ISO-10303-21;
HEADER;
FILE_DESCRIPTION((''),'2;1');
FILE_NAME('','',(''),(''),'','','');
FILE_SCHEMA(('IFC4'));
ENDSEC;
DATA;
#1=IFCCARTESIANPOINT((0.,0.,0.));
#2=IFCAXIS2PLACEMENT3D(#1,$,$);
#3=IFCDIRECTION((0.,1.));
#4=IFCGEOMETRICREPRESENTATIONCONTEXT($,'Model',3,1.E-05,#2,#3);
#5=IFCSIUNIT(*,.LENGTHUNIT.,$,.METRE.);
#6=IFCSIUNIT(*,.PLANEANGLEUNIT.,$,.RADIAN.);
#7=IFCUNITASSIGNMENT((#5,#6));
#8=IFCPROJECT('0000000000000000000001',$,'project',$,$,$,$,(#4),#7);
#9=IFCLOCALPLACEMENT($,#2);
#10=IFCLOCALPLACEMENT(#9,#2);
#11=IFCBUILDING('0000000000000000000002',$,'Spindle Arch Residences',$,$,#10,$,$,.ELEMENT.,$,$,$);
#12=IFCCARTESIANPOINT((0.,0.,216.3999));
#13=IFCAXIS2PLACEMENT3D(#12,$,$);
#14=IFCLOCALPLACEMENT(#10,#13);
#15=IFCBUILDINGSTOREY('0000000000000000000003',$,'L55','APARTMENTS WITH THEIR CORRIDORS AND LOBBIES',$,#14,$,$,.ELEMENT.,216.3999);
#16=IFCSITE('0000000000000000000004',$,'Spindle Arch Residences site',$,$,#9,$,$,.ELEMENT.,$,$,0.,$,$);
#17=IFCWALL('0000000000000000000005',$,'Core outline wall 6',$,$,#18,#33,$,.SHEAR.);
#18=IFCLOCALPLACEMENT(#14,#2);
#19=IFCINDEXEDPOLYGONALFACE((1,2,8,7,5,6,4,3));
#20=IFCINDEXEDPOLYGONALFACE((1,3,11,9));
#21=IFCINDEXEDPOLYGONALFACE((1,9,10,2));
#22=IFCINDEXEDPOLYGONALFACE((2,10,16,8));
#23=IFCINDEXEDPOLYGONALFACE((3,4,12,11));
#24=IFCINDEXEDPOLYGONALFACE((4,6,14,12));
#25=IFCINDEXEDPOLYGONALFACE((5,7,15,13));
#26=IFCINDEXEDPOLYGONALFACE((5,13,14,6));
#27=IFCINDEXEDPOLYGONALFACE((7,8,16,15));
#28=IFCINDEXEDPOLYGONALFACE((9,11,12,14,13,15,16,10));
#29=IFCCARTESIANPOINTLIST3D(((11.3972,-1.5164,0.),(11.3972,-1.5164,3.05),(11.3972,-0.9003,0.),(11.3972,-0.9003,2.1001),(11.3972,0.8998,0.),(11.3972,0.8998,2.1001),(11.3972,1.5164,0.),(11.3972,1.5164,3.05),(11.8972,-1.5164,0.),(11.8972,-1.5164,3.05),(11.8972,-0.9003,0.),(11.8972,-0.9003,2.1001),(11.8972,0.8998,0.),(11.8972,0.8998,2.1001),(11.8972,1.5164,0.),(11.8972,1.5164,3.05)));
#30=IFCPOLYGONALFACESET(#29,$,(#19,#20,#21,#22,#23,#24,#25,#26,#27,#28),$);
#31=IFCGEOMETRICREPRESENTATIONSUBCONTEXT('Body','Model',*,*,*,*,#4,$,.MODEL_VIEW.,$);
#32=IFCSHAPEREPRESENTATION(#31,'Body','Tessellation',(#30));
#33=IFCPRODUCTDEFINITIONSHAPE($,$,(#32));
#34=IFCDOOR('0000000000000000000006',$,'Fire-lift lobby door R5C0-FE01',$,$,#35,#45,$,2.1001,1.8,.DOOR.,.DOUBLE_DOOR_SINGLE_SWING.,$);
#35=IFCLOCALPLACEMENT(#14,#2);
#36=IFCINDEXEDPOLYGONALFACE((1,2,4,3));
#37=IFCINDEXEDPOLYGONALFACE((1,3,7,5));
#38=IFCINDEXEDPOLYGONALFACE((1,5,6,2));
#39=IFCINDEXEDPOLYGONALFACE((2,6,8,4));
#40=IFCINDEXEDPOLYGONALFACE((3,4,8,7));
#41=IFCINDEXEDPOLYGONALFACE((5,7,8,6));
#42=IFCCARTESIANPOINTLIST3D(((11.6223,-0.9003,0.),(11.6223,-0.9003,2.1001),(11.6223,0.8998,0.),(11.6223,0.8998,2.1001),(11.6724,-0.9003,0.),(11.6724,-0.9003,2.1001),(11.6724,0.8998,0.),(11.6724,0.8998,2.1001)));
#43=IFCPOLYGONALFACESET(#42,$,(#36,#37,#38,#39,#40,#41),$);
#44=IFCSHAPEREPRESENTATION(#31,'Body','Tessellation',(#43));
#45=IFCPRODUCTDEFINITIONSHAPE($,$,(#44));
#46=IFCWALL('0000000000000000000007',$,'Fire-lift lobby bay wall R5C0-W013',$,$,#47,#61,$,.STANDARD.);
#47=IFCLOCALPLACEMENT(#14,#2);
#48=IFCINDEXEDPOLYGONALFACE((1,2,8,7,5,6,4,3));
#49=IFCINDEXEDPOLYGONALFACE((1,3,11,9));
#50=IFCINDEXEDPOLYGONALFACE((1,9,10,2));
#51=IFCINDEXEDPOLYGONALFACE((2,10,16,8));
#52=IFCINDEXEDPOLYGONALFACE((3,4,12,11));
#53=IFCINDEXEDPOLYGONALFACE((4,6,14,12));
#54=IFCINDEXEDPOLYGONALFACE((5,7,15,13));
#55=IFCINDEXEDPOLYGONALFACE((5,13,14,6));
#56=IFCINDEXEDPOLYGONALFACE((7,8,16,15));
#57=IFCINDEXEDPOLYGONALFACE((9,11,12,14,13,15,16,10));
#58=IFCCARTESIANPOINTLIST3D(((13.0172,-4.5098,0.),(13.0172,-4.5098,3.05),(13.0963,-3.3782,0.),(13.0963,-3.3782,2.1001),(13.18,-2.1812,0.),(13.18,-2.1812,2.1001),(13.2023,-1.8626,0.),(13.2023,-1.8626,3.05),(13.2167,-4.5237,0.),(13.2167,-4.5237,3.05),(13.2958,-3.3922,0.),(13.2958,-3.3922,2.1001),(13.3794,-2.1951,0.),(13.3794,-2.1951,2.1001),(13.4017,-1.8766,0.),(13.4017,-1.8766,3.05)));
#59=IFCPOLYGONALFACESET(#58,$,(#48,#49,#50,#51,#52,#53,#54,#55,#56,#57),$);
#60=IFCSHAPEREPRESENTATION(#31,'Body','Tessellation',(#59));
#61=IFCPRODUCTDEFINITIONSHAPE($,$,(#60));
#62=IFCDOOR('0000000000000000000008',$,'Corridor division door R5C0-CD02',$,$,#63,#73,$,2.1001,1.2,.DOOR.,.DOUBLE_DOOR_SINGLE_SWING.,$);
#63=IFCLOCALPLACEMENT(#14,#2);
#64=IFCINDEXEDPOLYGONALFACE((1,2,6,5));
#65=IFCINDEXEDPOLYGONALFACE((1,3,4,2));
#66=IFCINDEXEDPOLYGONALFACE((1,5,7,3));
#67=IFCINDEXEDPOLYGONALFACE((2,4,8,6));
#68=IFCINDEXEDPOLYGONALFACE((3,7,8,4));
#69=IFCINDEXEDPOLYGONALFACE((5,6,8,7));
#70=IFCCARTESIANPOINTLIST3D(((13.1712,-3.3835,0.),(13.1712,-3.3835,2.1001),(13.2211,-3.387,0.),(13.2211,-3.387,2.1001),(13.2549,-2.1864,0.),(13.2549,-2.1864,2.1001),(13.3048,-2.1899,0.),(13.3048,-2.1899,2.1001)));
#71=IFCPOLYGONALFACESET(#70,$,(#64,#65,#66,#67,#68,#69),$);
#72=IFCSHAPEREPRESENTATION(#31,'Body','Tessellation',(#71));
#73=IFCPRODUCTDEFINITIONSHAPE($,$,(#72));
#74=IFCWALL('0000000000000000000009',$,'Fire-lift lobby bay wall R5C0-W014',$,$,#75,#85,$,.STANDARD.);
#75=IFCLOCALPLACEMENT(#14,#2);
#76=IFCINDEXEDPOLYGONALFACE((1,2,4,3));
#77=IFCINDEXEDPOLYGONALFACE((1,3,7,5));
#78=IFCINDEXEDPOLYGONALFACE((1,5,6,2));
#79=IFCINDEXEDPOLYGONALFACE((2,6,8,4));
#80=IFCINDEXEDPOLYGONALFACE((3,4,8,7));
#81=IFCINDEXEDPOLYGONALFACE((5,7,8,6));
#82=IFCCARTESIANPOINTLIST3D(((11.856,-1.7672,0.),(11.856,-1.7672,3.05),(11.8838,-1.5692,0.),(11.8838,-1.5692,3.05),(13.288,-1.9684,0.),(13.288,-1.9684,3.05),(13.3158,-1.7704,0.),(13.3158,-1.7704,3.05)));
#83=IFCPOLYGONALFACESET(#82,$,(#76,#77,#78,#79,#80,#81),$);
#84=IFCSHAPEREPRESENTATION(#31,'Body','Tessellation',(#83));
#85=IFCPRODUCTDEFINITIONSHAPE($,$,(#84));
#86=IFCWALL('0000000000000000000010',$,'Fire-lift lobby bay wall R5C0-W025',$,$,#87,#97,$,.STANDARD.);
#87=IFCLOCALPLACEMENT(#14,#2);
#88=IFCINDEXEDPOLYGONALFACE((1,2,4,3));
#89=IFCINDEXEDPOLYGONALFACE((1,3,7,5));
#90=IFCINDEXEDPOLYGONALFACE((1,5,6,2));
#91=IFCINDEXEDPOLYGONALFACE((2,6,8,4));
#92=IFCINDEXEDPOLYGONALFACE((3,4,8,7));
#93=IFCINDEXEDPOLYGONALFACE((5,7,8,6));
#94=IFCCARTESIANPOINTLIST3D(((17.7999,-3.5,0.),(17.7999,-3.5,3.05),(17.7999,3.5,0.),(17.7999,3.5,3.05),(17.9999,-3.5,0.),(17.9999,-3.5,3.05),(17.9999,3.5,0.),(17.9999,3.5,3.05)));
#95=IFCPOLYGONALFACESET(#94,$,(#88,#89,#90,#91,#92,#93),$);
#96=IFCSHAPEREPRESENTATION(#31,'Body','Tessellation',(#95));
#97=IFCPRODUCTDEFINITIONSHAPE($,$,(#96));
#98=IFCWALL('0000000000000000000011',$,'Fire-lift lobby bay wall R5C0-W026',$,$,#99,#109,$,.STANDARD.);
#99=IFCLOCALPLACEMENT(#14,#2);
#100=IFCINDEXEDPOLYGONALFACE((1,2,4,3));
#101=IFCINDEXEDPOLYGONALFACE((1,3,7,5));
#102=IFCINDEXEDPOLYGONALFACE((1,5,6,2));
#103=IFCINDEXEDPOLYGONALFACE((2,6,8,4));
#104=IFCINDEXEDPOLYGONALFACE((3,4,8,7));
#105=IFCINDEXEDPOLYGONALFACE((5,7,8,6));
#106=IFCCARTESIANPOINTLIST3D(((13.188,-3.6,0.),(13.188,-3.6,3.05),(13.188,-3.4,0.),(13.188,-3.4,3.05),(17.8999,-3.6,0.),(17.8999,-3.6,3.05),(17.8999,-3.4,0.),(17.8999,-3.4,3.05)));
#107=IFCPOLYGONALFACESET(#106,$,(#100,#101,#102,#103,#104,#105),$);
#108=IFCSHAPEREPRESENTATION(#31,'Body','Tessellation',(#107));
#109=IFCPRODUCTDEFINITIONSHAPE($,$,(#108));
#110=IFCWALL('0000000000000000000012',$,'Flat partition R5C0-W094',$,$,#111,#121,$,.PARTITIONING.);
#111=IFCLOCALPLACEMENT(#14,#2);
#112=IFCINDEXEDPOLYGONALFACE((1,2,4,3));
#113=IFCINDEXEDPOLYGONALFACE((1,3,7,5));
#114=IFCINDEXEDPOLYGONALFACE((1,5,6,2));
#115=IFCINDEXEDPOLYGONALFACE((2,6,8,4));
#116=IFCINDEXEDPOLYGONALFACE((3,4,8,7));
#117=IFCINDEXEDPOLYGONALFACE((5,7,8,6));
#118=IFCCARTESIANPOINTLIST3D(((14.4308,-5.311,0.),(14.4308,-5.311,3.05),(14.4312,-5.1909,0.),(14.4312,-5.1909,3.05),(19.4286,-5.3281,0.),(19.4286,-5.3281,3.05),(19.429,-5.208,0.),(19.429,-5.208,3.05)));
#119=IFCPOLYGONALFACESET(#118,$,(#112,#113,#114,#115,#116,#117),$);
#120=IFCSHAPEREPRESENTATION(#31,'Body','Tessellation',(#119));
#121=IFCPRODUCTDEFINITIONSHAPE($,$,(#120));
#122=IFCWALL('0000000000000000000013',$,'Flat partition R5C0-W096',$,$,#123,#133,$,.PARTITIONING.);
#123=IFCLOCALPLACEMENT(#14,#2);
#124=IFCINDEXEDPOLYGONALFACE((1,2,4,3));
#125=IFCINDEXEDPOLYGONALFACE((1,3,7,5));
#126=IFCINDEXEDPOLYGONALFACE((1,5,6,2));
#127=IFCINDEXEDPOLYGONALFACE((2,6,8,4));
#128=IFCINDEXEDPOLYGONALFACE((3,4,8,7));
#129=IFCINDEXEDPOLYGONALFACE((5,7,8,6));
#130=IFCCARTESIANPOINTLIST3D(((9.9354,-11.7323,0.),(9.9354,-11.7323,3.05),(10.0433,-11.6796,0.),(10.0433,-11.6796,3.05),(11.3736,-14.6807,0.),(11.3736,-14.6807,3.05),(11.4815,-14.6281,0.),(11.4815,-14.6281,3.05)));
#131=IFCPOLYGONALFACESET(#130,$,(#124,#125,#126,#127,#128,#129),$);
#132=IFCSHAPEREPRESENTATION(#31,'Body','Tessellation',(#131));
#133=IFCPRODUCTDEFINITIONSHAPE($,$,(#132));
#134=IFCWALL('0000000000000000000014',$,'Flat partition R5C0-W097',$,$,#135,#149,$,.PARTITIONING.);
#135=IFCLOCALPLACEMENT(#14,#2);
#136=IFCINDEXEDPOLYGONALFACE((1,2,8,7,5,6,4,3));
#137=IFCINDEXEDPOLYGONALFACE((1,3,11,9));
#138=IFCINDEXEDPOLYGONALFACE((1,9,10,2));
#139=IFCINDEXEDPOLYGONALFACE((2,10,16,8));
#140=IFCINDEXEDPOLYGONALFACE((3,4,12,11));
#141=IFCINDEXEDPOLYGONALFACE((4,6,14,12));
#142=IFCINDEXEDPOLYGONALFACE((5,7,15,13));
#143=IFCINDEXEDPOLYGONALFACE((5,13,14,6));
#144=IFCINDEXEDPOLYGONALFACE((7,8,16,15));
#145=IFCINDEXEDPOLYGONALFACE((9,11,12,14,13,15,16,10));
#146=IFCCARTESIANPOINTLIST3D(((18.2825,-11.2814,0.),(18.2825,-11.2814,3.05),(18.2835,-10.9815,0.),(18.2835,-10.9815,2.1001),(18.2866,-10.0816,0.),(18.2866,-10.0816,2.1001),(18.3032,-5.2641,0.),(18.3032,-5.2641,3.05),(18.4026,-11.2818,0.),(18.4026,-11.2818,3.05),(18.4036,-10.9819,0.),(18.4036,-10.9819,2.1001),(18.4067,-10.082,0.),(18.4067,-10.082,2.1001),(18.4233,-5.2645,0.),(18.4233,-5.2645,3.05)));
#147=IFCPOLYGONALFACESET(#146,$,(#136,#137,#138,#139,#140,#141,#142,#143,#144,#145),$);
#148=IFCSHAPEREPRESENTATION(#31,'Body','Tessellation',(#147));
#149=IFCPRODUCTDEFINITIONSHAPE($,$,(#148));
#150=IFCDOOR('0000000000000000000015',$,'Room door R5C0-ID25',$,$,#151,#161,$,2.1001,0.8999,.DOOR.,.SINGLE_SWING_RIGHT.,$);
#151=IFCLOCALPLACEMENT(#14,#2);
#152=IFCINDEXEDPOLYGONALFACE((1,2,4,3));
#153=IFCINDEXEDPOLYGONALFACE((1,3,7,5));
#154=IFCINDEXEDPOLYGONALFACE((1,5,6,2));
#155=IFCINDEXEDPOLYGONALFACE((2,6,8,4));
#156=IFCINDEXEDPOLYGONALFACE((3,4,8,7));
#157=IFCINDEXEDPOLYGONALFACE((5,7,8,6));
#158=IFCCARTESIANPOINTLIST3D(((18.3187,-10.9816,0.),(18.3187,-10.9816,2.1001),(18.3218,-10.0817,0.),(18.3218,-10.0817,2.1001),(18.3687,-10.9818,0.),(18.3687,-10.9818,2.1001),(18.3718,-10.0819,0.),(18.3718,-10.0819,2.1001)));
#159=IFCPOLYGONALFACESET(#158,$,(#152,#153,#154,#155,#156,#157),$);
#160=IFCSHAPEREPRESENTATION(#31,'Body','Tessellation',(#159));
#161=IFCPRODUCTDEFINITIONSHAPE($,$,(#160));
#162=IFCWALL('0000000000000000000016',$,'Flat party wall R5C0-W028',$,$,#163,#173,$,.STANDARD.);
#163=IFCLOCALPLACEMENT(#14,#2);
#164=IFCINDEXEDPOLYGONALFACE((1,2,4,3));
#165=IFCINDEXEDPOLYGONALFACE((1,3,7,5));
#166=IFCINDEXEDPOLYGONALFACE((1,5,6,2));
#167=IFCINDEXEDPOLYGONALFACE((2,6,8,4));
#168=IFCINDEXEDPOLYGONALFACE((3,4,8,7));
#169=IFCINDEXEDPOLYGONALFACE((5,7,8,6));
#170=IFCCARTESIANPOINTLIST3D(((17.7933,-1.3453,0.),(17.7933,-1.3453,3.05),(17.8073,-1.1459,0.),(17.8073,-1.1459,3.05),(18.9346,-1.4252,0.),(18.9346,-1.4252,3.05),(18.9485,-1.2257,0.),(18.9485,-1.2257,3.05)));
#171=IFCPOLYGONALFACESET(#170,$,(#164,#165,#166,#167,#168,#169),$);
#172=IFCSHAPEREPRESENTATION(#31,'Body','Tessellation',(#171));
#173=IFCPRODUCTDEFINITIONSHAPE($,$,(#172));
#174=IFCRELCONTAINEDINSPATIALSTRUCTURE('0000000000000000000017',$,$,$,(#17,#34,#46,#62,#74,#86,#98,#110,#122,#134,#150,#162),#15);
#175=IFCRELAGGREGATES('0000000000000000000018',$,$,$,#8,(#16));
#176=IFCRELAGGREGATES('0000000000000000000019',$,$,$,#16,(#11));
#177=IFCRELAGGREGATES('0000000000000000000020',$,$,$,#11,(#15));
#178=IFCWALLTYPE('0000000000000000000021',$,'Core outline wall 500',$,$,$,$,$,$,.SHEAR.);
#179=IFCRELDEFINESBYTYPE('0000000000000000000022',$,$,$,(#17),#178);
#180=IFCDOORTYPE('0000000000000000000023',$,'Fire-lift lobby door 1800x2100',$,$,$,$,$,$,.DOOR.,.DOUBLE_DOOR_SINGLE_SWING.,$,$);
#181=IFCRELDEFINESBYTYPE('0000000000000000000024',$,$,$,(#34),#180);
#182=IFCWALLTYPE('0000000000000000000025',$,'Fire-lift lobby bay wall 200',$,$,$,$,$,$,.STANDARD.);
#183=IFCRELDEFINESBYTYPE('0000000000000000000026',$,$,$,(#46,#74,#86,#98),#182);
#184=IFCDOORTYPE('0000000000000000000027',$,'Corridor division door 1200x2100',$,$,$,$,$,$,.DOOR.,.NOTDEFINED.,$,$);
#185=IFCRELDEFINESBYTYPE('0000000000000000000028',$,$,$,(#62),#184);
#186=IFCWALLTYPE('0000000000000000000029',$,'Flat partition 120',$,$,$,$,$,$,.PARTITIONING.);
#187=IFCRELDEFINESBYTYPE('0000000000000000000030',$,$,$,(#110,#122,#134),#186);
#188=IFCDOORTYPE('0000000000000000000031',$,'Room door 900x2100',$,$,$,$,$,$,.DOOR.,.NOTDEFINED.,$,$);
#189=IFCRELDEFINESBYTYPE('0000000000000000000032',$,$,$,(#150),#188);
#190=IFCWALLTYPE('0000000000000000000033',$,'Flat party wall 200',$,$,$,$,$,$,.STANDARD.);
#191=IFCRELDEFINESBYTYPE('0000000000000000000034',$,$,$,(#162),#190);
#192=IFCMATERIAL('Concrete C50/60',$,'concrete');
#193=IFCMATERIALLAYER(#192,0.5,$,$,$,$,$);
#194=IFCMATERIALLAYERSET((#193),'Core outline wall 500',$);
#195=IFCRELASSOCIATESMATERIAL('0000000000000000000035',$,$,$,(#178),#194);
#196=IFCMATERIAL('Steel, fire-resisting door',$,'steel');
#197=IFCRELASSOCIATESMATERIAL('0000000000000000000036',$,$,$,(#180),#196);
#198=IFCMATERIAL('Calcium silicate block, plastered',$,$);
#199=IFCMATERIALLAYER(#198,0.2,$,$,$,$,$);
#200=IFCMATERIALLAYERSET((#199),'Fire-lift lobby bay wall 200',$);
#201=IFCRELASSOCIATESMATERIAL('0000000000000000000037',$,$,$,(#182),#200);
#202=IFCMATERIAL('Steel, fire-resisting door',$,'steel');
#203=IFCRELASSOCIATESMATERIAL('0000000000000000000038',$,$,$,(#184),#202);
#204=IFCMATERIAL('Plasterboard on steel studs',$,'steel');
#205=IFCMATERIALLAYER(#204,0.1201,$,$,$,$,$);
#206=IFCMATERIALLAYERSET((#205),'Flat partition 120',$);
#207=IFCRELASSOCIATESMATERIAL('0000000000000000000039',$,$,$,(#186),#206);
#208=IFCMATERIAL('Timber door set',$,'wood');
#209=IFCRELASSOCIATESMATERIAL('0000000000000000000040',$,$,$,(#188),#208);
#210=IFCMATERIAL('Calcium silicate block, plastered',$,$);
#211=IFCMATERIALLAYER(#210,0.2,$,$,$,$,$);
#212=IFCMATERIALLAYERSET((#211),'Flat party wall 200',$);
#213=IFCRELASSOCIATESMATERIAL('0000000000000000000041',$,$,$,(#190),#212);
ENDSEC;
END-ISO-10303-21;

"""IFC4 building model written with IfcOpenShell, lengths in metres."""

from ifc_helpers import new_model, si_unit, direction, frame, frame_2d, origin, place, context, subcontext, project, spatial, rectangle, extrude, material, layer, layer_set, type_object, element, fill, save


model = new_model("IFC4")

# Units and contexts
model_context = context("Model", 3, precision=1e-05, world=origin(), true_north=direction((0.0, 1.0)))
body_context = subcontext(model_context, "Body", "Model", "MODEL_VIEW")
ifc_project = project(units=[si_unit("LENGTHUNIT", "METRE"), si_unit("PLANEANGLEUNIT", "RADIAN")], contexts=[model_context])

# Site, building, storey
site_placement = place(None, origin())
site = spatial("IfcSite", under=ifc_project, at=site_placement, Name="Spindle Arch Residences site", CompositionType="ELEMENT", RefElevation=0.0)
building_placement = place(site_placement, origin())
building = spatial("IfcBuilding", under=site, at=building_placement, Name="Spindle Arch Residences", CompositionType="ELEMENT")
storey_placement = place(building_placement, frame((0.0, 0.0, 216.3999)))
storey = spatial("IfcBuildingStorey", under=building, at=storey_placement, Name="L55", Description="APARTMENTS WITH THEIR CORRIDORS AND LOBBIES", CompositionType="ELEMENT", Elevation=216.3999)

# Walls, openings, doors
ifc_material_1 = material(Name="Concrete C50/60", Category="concrete")
ifc_layer_1 = layer(ifc_material_1, 0.5)
ifc_layer_set_1 = layer_set([ifc_layer_1], Name="Core outline wall 500")
wall_type_1 = type_object("IfcWallType", Name="Core outline wall 500", PredefinedType="SHEAR", material=ifc_layer_set_1)
wall_1_placement = place(storey_placement, frame((11.6472, -1.5164, 0.0), z_axis=(0.0, 0.0, 1.0), x_axis=(0.0, 1.0, 0.0)))
wall_1 = element("IfcWall", 1, at=wall_1_placement, inside=storey, type_object=wall_type_1, Name="Core outline wall 6", PredefinedType="SHEAR", context=body_context, shape_type="SweptSolid", body=[
    extrude(rectangle(XDim=3.0327, YDim=0.5, at=frame_2d((1.5164, 0.0))), origin(), (0.0, 0.0, 1.0), 3.05),
])
opening_1_placement = place(wall_1_placement, frame((0.6162, 0.0, 0.0)))
opening_1 = element("IfcOpeningElement", 2, at=opening_1_placement, cuts=wall_1, PredefinedType="OPENING", context=body_context, shape_type="SweptSolid", body=[
    extrude(rectangle(XDim=1.8, YDim=2.1001, at=frame_2d((0.8999, 1.05))), frame((0.0, 0.26, 0.0), z_axis=(0.0, -1.0, 0.0), x_axis=(1.0, 0.0, 0.0)), (0.0, 0.0, 1.0), 0.52),
])
ifc_material_2 = material(Name="Steel, fire-resisting door", Category="steel")
door_type_1 = type_object("IfcDoorType", Name="Fire-lift lobby door 1800x2100", OperationType="DOUBLE_DOOR_SINGLE_SWING", PredefinedType="DOOR", material=ifc_material_2)
door_1_placement = place(opening_1_placement, origin())
door_1 = element("IfcDoor", 3, at=door_1_placement, inside=storey, type_object=door_type_1, Name="Fire-lift lobby door R5C0-FE01", OperationType="DOUBLE_DOOR_SINGLE_SWING", OverallHeight=2.1001, OverallWidth=1.8, PredefinedType="DOOR", context=body_context, shape_type="SweptSolid", body=[
    extrude(rectangle(XDim=1.8, YDim=2.1001, at=frame_2d((0.8999, 1.05))), frame((0.0, 0.0249, 0.0), z_axis=(0.0, -1.0, 0.0), x_axis=(1.0, 0.0, 0.0)), (0.0, 0.0, 1.0), 0.05),
])
fill(opening_1, door_1)
ifc_material_3 = material(Name="Calcium silicate block, plastered")
ifc_layer_2 = layer(ifc_material_3, 0.2)
ifc_layer_set_2 = layer_set([ifc_layer_2], Name="Fire-lift lobby bay wall 200")
wall_type_2 = type_object("IfcWallType", Name="Fire-lift lobby bay wall 200", PredefinedType="STANDARD", material=ifc_layer_set_2)
wall_2_placement = place(storey_placement, frame((13.1169, -4.5166, 0.0), z_axis=(0.0, 0.0, 1.0), x_axis=(0.069737, 0.997565, 0.0)))
wall_2 = element("IfcWall", 4, at=wall_2_placement, inside=storey, type_object=wall_type_2, Name="Fire-lift lobby bay wall R5C0-W013", PredefinedType="STANDARD", context=body_context, shape_type="SweptSolid", body=[
    extrude(rectangle(XDim=2.6536, YDim=0.2, at=frame_2d((1.3267, 0.0))), origin(), (0.0, 0.0, 1.0), 3.05),
])
opening_2_placement = place(wall_2_placement, frame((1.134, 0.0, 0.0)))
opening_2 = element("IfcOpeningElement", 5, at=opening_2_placement, cuts=wall_2, PredefinedType="OPENING", context=body_context, shape_type="SweptSolid", body=[
    extrude(rectangle(XDim=1.2, YDim=2.1001, at=frame_2d((0.6001, 1.05))), frame((0.0, 0.1099, 0.0), z_axis=(0.0, -1.0, 0.0), x_axis=(1.0, 0.0, 0.0)), (0.0, 0.0, 1.0), 0.22),
])
ifc_material_4 = material(Name="Steel, fire-resisting door", Category="steel")
door_type_2 = type_object("IfcDoorType", Name="Corridor division door 1200x2100", OperationType="NOTDEFINED", PredefinedType="DOOR", material=ifc_material_4)
door_2_placement = place(opening_2_placement, origin())
door_2 = element("IfcDoor", 6, at=door_2_placement, inside=storey, type_object=door_type_2, Name="Corridor division door R5C0-CD02", OperationType="DOUBLE_DOOR_SINGLE_SWING", OverallHeight=2.1001, OverallWidth=1.2, PredefinedType="DOOR", context=body_context, shape_type="SweptSolid", body=[
    extrude(rectangle(XDim=1.2, YDim=2.1001, at=frame_2d((0.6001, 1.05))), frame((0.0, 0.0249, 0.0), z_axis=(0.0, -1.0, 0.0), x_axis=(1.0, 0.0, 0.0)), (0.0, 0.0, 1.0), 0.05),
])
fill(opening_2, door_2)

# Walls
wall_3_placement = place(storey_placement, frame((13.302, -1.8694, 0.0), z_axis=(0.0, 0.0, 1.0), x_axis=(-0.990274, 0.139128, 0.0)))
element("IfcWall", 7, at=wall_3_placement, inside=storey, type_object=wall_type_2, Name="Fire-lift lobby bay wall R5C0-W014", PredefinedType="STANDARD", context=body_context, shape_type="SweptSolid", body=[
    extrude(rectangle(XDim=1.446, YDim=0.2, at=frame_2d((0.7231, 0.0))), origin(), (0.0, 0.0, 1.0), 3.05),
])
wall_4_placement = place(storey_placement, frame((17.8999, -3.5, 0.0), z_axis=(0.0, 0.0, 1.0), x_axis=(0.0, 1.0, 0.0)))
element("IfcWall", 8, at=wall_4_placement, inside=storey, type_object=wall_type_2, Name="Fire-lift lobby bay wall R5C0-W025", PredefinedType="STANDARD", context=body_context, shape_type="SweptSolid", body=[
    extrude(rectangle(XDim=7.0, YDim=0.2, at=frame_2d((3.5, 0.0))), origin(), (0.0, 0.0, 1.0), 3.05),
])
wall_5_placement = place(storey_placement, frame((13.188, -3.5, 0.0), z_axis=(0.0, 0.0, 1.0), x_axis=(1.0, 0.0, 0.0)))
element("IfcWall", 9, at=wall_5_placement, inside=storey, type_object=wall_type_2, Name="Fire-lift lobby bay wall R5C0-W026", PredefinedType="STANDARD", context=body_context, shape_type="SweptSolid", body=[
    extrude(rectangle(XDim=4.7119, YDim=0.2, at=frame_2d((2.356, 0.0))), origin(), (0.0, 0.0, 1.0), 3.05),
])
ifc_material_5 = material(Name="Plasterboard on steel studs", Category="steel")
ifc_layer_3 = layer(ifc_material_5, 0.1201)
ifc_layer_set_3 = layer_set([ifc_layer_3], Name="Flat partition 120")
wall_type_3 = type_object("IfcWallType", Name="Flat partition 120", PredefinedType="PARTITIONING", material=ifc_layer_set_3)
wall_6_placement = place(storey_placement, frame((14.4309, -5.251, 0.0), z_axis=(0.0, 0.0, 1.0), x_axis=(0.999994, -0.003419, 0.0)))
element("IfcWall", 10, at=wall_6_placement, inside=storey, type_object=wall_type_3, Name="Flat partition R5C0-W094", PredefinedType="PARTITIONING", context=body_context, shape_type="SweptSolid", body=[
    extrude(rectangle(XDim=4.9978, YDim=0.1201, at=frame_2d((2.499, 0.0))), origin(), (0.0, 0.0, 1.0), 3.05),
])
wall_7_placement = place(storey_placement, frame((11.4275, -14.6543, 0.0), z_axis=(0.0, 0.0, 1.0), x_axis=(-0.43841, 0.898775, 0.0)))
element("IfcWall", 11, at=wall_7_placement, inside=storey, type_object=wall_type_3, Name="Flat partition R5C0-W096", PredefinedType="PARTITIONING", context=body_context, shape_type="SweptSolid", body=[
    extrude(rectangle(XDim=3.2805, YDim=0.1201, at=frame_2d((1.6401, 0.0))), origin(), (0.0, 0.0, 1.0), 3.05),
])

# Wall, opening, door
wall_8_placement = place(storey_placement, frame((18.3425, -11.2817, 0.0), z_axis=(0.0, 0.0, 1.0), x_axis=(0.003449, 0.999994, 0.0)))
wall_8 = element("IfcWall", 12, at=wall_8_placement, inside=storey, type_object=wall_type_3, Name="Flat partition R5C0-W097", PredefinedType="PARTITIONING", context=body_context, shape_type="SweptSolid", body=[
    extrude(rectangle(XDim=6.0173, YDim=0.1201, at=frame_2d((3.0088, 0.0))), origin(), (0.0, 0.0, 1.0), 3.05),
])
opening_3_placement = place(wall_8_placement, frame((0.3, 0.0, 0.0)))
opening_3 = element("IfcOpeningElement", 13, at=opening_3_placement, cuts=wall_8, PredefinedType="OPENING", context=body_context, shape_type="SweptSolid", body=[
    extrude(rectangle(XDim=0.8999, YDim=2.1001, at=frame_2d((0.45, 1.05))), frame((0.0, 0.0701, 0.0), z_axis=(0.0, -1.0, 0.0), x_axis=(1.0, 0.0, 0.0)), (0.0, 0.0, 1.0), 0.1401),
])
ifc_material_6 = material(Name="Timber door set", Category="wood")
door_type_3 = type_object("IfcDoorType", Name="Room door 900x2100", OperationType="NOTDEFINED", PredefinedType="DOOR", material=ifc_material_6)
door_3_placement = place(opening_3_placement, origin())
door_3 = element("IfcDoor", 14, at=door_3_placement, inside=storey, type_object=door_type_3, Name="Room door R5C0-ID25", OperationType="SINGLE_SWING_RIGHT", OverallHeight=2.1001, OverallWidth=0.8999, PredefinedType="DOOR", context=body_context, shape_type="SweptSolid", body=[
    extrude(rectangle(XDim=0.8999, YDim=2.1001, at=frame_2d((0.45, 1.05))), frame((0.0, 0.0249, 0.0), z_axis=(0.0, -1.0, 0.0), x_axis=(1.0, 0.0, 0.0)), (0.0, 0.0, 1.0), 0.05),
])
fill(opening_3, door_3)

# Wall
ifc_material_7 = material(Name="Calcium silicate block, plastered")
ifc_layer_4 = layer(ifc_material_7, 0.2)
ifc_layer_set_4 = layer_set([ifc_layer_4], Name="Flat party wall 200")
wall_type_4 = type_object("IfcWallType", Name="Flat party wall 200", PredefinedType="STANDARD", material=ifc_layer_set_4)
wall_9_placement = place(storey_placement, frame((17.8003, -1.2456, 0.0), z_axis=(0.0, 0.0, 1.0), x_axis=(0.997563, -0.069776, 0.0)))
element("IfcWall", 15, at=wall_9_placement, inside=storey, type_object=wall_type_4, Name="Flat party wall R5C0-W028", PredefinedType="STANDARD", context=body_context, shape_type="SweptSolid", body=[
    extrude(rectangle(XDim=1.144, YDim=0.2, at=frame_2d((0.572, 0.0))), origin(), (0.0, 0.0, 1.0), 3.05),
])

save(model, "model.ifc")
